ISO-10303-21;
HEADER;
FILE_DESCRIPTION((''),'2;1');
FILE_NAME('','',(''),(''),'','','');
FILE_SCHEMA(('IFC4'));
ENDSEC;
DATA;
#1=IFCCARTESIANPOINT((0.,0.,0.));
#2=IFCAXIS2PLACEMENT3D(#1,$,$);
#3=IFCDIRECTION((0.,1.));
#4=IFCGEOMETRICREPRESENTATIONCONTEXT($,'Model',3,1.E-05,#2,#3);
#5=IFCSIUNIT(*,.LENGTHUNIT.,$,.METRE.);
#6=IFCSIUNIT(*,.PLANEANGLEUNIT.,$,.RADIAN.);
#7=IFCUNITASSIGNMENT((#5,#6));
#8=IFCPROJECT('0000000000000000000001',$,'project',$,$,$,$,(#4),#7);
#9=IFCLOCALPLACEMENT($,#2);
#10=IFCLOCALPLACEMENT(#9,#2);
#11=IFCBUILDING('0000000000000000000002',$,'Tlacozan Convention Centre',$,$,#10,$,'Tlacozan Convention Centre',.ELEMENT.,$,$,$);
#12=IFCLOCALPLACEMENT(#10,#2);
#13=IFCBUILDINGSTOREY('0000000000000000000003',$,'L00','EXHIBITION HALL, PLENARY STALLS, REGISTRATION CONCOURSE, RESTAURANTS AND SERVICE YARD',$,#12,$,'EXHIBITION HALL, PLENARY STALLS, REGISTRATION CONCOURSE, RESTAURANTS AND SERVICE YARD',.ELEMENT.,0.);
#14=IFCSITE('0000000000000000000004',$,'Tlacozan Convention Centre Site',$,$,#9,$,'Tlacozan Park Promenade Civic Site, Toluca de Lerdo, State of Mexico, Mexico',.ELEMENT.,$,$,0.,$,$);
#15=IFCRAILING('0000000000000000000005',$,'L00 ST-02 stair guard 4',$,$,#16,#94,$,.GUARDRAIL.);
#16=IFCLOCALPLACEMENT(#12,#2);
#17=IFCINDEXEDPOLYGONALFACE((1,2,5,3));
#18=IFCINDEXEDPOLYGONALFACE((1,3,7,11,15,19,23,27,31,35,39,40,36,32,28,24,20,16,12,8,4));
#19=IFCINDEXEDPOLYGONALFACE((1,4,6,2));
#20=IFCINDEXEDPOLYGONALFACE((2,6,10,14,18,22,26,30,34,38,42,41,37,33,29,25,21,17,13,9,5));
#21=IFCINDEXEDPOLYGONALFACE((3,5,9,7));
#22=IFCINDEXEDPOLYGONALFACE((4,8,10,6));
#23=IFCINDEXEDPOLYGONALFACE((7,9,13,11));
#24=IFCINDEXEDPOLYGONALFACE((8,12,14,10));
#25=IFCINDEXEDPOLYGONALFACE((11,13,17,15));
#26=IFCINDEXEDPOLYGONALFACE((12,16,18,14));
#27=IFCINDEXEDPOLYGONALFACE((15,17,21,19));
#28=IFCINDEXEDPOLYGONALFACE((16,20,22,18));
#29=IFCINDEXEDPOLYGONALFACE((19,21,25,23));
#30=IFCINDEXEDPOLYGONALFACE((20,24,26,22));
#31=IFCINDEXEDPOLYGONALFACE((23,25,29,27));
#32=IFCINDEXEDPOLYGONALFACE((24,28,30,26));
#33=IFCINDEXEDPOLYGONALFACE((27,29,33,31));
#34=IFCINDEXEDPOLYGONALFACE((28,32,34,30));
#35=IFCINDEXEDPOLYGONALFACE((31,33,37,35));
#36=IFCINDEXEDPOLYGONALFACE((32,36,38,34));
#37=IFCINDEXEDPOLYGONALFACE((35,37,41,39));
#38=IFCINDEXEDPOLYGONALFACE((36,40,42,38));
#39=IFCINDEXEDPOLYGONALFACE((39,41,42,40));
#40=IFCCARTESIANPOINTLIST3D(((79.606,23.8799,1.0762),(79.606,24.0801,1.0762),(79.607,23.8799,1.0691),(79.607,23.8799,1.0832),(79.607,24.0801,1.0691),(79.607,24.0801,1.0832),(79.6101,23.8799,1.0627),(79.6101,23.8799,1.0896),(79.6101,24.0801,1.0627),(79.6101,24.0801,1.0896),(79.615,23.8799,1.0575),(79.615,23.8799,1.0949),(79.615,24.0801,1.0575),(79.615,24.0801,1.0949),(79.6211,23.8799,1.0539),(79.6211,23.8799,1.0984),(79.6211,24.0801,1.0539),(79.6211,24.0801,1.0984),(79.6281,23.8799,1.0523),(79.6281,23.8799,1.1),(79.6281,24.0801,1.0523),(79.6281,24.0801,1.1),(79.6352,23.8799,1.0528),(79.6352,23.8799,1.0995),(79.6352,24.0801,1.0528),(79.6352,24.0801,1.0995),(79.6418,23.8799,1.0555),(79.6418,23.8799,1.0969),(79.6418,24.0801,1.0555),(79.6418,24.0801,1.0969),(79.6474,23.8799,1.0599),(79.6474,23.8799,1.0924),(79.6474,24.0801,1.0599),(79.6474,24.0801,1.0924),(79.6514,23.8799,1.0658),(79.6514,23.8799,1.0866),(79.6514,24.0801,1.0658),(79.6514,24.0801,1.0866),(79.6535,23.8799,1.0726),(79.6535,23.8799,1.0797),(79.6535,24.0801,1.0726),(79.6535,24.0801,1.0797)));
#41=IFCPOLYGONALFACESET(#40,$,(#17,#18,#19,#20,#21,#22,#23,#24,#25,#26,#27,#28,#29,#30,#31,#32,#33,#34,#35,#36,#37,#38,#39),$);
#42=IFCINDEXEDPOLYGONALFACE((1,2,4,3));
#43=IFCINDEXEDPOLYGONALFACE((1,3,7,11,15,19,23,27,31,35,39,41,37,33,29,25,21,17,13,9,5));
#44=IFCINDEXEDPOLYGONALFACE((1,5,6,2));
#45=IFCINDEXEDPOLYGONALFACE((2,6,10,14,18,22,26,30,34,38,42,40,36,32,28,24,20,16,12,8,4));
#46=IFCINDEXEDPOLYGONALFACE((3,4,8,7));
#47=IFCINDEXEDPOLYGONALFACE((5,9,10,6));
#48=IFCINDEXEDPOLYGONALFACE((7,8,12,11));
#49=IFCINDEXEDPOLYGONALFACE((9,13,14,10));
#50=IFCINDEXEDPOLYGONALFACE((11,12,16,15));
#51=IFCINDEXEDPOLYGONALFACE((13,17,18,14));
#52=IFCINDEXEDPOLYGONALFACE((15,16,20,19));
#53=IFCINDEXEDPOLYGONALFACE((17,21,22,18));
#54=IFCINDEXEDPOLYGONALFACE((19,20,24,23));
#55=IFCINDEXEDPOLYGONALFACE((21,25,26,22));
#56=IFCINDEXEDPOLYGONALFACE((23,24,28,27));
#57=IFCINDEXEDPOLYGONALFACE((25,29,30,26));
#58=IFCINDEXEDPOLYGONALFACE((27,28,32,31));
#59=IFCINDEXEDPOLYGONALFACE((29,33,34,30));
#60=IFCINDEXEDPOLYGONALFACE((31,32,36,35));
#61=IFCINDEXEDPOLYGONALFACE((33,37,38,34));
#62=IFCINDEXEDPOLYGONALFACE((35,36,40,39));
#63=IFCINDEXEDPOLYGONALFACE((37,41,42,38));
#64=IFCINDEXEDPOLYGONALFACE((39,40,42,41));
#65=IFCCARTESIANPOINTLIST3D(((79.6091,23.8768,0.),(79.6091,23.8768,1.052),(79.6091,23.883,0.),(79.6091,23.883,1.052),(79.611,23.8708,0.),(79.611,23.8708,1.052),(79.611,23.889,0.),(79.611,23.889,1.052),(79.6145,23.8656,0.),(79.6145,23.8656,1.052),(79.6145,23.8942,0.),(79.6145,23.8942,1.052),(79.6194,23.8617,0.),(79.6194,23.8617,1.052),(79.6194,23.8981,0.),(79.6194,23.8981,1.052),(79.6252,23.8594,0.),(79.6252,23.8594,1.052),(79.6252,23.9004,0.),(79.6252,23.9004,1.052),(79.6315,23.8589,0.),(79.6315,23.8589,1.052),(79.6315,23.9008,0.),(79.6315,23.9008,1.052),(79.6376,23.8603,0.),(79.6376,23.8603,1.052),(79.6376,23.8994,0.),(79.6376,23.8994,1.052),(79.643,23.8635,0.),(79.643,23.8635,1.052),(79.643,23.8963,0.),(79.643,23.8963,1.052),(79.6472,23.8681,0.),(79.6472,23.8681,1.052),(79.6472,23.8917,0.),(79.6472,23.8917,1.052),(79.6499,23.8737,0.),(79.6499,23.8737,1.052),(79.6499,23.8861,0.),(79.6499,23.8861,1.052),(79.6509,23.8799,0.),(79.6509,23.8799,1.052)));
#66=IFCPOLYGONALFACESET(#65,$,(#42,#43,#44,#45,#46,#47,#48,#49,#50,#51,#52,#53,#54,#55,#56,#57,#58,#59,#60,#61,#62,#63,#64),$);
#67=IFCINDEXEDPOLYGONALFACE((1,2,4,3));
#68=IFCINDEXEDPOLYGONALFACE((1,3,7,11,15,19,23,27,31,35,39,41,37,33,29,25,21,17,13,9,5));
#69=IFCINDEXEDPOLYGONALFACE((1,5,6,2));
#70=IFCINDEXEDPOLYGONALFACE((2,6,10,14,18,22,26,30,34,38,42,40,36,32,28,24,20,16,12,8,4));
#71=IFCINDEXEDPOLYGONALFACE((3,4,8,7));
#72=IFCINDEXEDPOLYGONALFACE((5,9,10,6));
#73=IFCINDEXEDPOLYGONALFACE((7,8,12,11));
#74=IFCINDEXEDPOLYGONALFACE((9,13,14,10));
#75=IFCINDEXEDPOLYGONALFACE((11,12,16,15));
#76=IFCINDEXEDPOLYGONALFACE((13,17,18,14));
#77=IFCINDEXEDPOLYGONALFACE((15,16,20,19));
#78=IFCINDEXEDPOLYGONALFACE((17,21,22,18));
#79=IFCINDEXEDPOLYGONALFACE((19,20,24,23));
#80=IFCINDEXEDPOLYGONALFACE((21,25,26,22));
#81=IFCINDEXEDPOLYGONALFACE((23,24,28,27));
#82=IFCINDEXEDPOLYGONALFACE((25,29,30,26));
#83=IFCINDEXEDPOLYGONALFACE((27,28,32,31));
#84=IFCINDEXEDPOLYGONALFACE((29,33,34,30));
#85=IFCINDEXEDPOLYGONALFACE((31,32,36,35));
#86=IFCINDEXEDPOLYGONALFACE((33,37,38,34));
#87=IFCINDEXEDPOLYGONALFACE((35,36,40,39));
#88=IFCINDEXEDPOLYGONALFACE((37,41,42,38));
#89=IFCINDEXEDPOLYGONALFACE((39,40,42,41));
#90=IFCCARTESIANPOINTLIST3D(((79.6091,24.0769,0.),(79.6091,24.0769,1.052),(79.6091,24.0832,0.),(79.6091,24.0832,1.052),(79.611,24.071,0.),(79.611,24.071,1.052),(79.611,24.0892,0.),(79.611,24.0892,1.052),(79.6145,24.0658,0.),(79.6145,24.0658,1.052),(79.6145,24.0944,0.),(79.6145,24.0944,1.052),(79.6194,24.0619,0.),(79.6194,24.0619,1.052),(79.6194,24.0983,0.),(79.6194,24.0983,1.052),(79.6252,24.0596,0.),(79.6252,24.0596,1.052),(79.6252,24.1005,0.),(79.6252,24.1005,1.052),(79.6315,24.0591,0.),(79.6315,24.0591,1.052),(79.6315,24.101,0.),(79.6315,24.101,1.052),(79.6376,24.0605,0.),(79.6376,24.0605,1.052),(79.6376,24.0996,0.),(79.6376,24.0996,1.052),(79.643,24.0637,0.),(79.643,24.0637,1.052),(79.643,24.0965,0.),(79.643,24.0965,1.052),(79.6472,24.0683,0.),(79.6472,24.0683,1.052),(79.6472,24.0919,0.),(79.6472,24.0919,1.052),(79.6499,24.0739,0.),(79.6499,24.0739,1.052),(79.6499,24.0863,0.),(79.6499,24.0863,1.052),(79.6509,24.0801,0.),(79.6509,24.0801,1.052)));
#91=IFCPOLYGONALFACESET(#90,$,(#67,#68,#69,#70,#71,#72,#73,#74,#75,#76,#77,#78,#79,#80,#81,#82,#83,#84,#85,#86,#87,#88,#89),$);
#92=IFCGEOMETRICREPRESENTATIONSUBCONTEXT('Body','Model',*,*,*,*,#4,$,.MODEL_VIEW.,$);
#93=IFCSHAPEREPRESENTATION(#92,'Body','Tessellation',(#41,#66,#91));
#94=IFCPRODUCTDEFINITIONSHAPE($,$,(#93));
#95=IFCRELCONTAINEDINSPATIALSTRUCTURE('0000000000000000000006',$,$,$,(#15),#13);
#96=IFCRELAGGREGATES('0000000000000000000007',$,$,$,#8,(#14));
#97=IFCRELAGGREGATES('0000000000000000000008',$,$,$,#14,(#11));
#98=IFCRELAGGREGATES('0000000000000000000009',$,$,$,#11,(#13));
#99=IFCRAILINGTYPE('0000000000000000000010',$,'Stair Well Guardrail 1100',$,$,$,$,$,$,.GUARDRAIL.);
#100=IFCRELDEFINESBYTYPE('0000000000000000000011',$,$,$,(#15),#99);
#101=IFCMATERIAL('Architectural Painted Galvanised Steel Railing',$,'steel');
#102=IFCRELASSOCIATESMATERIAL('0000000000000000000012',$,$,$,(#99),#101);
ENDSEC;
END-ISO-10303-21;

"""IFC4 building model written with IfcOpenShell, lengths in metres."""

from ifc_helpers import new_model, si_unit, direction, frame, origin, origin_2d, place, context, subcontext, project, spatial, circle, extrude, material, type_object, element, save


model = new_model("IFC4")

# Units and contexts
model_context = context("Model", 3, precision=1e-05, world=origin(), true_north=direction((0.0, 1.0)))
body_context = subcontext(model_context, "Body", "Model", "MODEL_VIEW")
ifc_project = project(units=[si_unit("LENGTHUNIT", "METRE"), si_unit("PLANEANGLEUNIT", "RADIAN")], contexts=[model_context])

# Site, building, storey
site_placement = place(None, origin())
site = spatial("IfcSite", under=ifc_project, at=site_placement, Name="Tlacozan Convention Centre Site", LongName="Tlacozan Park Promenade Civic Site, Toluca de Lerdo, State of Mexico, Mexico", CompositionType="ELEMENT", RefElevation=0.0)
building_placement = place(site_placement, origin())
building = spatial("IfcBuilding", under=site, at=building_placement, Name="Tlacozan Convention Centre", LongName="Tlacozan Convention Centre", CompositionType="ELEMENT")
storey_placement = place(building_placement, origin())
storey = spatial("IfcBuildingStorey", under=building, at=storey_placement, Name="L00", Description="EXHIBITION HALL, PLENARY STALLS, REGISTRATION CONCOURSE, RESTAURANTS AND SERVICE YARD", LongName="EXHIBITION HALL, PLENARY STALLS, REGISTRATION CONCOURSE, RESTAURANTS AND SERVICE YARD", CompositionType="ELEMENT", Elevation=0.0)

# Railing
ifc_material_1 = material(Name="Architectural Painted Galvanised Steel Railing", Category="steel")
railing_type_1 = type_object("IfcRailingType", Name="Stair Well Guardrail 1100", PredefinedType="GUARDRAIL", material=ifc_material_1)
railing_1_placement = place(storey_placement, frame((79.6299, 23.8799, 0.0)))
element("IfcRailing", 1, at=railing_1_placement, inside=storey, type_object=railing_type_1, Name="L00 ST-02 stair guard 4", PredefinedType="GUARDRAIL", context=body_context, shape_type="SweptSolid", body=[
    extrude(circle(Radius=0.0239, at=origin_2d()), frame((0.0, 0.0, 1.0762), z_axis=(0.0, 1.0, 0.0), x_axis=(-1.0, 0.0, 0.0)), (0.0, 0.0, 1.0), 0.2002),
    extrude(circle(Radius=0.021, at=origin_2d()), origin(), (0.0, 0.0, 1.0), 1.052),
    extrude(circle(Radius=0.021, at=origin_2d()), frame((0.0, 0.2002, 0.0)), (0.0, 0.0, 1.0), 1.052),
])

save(model, "model.ifc")
